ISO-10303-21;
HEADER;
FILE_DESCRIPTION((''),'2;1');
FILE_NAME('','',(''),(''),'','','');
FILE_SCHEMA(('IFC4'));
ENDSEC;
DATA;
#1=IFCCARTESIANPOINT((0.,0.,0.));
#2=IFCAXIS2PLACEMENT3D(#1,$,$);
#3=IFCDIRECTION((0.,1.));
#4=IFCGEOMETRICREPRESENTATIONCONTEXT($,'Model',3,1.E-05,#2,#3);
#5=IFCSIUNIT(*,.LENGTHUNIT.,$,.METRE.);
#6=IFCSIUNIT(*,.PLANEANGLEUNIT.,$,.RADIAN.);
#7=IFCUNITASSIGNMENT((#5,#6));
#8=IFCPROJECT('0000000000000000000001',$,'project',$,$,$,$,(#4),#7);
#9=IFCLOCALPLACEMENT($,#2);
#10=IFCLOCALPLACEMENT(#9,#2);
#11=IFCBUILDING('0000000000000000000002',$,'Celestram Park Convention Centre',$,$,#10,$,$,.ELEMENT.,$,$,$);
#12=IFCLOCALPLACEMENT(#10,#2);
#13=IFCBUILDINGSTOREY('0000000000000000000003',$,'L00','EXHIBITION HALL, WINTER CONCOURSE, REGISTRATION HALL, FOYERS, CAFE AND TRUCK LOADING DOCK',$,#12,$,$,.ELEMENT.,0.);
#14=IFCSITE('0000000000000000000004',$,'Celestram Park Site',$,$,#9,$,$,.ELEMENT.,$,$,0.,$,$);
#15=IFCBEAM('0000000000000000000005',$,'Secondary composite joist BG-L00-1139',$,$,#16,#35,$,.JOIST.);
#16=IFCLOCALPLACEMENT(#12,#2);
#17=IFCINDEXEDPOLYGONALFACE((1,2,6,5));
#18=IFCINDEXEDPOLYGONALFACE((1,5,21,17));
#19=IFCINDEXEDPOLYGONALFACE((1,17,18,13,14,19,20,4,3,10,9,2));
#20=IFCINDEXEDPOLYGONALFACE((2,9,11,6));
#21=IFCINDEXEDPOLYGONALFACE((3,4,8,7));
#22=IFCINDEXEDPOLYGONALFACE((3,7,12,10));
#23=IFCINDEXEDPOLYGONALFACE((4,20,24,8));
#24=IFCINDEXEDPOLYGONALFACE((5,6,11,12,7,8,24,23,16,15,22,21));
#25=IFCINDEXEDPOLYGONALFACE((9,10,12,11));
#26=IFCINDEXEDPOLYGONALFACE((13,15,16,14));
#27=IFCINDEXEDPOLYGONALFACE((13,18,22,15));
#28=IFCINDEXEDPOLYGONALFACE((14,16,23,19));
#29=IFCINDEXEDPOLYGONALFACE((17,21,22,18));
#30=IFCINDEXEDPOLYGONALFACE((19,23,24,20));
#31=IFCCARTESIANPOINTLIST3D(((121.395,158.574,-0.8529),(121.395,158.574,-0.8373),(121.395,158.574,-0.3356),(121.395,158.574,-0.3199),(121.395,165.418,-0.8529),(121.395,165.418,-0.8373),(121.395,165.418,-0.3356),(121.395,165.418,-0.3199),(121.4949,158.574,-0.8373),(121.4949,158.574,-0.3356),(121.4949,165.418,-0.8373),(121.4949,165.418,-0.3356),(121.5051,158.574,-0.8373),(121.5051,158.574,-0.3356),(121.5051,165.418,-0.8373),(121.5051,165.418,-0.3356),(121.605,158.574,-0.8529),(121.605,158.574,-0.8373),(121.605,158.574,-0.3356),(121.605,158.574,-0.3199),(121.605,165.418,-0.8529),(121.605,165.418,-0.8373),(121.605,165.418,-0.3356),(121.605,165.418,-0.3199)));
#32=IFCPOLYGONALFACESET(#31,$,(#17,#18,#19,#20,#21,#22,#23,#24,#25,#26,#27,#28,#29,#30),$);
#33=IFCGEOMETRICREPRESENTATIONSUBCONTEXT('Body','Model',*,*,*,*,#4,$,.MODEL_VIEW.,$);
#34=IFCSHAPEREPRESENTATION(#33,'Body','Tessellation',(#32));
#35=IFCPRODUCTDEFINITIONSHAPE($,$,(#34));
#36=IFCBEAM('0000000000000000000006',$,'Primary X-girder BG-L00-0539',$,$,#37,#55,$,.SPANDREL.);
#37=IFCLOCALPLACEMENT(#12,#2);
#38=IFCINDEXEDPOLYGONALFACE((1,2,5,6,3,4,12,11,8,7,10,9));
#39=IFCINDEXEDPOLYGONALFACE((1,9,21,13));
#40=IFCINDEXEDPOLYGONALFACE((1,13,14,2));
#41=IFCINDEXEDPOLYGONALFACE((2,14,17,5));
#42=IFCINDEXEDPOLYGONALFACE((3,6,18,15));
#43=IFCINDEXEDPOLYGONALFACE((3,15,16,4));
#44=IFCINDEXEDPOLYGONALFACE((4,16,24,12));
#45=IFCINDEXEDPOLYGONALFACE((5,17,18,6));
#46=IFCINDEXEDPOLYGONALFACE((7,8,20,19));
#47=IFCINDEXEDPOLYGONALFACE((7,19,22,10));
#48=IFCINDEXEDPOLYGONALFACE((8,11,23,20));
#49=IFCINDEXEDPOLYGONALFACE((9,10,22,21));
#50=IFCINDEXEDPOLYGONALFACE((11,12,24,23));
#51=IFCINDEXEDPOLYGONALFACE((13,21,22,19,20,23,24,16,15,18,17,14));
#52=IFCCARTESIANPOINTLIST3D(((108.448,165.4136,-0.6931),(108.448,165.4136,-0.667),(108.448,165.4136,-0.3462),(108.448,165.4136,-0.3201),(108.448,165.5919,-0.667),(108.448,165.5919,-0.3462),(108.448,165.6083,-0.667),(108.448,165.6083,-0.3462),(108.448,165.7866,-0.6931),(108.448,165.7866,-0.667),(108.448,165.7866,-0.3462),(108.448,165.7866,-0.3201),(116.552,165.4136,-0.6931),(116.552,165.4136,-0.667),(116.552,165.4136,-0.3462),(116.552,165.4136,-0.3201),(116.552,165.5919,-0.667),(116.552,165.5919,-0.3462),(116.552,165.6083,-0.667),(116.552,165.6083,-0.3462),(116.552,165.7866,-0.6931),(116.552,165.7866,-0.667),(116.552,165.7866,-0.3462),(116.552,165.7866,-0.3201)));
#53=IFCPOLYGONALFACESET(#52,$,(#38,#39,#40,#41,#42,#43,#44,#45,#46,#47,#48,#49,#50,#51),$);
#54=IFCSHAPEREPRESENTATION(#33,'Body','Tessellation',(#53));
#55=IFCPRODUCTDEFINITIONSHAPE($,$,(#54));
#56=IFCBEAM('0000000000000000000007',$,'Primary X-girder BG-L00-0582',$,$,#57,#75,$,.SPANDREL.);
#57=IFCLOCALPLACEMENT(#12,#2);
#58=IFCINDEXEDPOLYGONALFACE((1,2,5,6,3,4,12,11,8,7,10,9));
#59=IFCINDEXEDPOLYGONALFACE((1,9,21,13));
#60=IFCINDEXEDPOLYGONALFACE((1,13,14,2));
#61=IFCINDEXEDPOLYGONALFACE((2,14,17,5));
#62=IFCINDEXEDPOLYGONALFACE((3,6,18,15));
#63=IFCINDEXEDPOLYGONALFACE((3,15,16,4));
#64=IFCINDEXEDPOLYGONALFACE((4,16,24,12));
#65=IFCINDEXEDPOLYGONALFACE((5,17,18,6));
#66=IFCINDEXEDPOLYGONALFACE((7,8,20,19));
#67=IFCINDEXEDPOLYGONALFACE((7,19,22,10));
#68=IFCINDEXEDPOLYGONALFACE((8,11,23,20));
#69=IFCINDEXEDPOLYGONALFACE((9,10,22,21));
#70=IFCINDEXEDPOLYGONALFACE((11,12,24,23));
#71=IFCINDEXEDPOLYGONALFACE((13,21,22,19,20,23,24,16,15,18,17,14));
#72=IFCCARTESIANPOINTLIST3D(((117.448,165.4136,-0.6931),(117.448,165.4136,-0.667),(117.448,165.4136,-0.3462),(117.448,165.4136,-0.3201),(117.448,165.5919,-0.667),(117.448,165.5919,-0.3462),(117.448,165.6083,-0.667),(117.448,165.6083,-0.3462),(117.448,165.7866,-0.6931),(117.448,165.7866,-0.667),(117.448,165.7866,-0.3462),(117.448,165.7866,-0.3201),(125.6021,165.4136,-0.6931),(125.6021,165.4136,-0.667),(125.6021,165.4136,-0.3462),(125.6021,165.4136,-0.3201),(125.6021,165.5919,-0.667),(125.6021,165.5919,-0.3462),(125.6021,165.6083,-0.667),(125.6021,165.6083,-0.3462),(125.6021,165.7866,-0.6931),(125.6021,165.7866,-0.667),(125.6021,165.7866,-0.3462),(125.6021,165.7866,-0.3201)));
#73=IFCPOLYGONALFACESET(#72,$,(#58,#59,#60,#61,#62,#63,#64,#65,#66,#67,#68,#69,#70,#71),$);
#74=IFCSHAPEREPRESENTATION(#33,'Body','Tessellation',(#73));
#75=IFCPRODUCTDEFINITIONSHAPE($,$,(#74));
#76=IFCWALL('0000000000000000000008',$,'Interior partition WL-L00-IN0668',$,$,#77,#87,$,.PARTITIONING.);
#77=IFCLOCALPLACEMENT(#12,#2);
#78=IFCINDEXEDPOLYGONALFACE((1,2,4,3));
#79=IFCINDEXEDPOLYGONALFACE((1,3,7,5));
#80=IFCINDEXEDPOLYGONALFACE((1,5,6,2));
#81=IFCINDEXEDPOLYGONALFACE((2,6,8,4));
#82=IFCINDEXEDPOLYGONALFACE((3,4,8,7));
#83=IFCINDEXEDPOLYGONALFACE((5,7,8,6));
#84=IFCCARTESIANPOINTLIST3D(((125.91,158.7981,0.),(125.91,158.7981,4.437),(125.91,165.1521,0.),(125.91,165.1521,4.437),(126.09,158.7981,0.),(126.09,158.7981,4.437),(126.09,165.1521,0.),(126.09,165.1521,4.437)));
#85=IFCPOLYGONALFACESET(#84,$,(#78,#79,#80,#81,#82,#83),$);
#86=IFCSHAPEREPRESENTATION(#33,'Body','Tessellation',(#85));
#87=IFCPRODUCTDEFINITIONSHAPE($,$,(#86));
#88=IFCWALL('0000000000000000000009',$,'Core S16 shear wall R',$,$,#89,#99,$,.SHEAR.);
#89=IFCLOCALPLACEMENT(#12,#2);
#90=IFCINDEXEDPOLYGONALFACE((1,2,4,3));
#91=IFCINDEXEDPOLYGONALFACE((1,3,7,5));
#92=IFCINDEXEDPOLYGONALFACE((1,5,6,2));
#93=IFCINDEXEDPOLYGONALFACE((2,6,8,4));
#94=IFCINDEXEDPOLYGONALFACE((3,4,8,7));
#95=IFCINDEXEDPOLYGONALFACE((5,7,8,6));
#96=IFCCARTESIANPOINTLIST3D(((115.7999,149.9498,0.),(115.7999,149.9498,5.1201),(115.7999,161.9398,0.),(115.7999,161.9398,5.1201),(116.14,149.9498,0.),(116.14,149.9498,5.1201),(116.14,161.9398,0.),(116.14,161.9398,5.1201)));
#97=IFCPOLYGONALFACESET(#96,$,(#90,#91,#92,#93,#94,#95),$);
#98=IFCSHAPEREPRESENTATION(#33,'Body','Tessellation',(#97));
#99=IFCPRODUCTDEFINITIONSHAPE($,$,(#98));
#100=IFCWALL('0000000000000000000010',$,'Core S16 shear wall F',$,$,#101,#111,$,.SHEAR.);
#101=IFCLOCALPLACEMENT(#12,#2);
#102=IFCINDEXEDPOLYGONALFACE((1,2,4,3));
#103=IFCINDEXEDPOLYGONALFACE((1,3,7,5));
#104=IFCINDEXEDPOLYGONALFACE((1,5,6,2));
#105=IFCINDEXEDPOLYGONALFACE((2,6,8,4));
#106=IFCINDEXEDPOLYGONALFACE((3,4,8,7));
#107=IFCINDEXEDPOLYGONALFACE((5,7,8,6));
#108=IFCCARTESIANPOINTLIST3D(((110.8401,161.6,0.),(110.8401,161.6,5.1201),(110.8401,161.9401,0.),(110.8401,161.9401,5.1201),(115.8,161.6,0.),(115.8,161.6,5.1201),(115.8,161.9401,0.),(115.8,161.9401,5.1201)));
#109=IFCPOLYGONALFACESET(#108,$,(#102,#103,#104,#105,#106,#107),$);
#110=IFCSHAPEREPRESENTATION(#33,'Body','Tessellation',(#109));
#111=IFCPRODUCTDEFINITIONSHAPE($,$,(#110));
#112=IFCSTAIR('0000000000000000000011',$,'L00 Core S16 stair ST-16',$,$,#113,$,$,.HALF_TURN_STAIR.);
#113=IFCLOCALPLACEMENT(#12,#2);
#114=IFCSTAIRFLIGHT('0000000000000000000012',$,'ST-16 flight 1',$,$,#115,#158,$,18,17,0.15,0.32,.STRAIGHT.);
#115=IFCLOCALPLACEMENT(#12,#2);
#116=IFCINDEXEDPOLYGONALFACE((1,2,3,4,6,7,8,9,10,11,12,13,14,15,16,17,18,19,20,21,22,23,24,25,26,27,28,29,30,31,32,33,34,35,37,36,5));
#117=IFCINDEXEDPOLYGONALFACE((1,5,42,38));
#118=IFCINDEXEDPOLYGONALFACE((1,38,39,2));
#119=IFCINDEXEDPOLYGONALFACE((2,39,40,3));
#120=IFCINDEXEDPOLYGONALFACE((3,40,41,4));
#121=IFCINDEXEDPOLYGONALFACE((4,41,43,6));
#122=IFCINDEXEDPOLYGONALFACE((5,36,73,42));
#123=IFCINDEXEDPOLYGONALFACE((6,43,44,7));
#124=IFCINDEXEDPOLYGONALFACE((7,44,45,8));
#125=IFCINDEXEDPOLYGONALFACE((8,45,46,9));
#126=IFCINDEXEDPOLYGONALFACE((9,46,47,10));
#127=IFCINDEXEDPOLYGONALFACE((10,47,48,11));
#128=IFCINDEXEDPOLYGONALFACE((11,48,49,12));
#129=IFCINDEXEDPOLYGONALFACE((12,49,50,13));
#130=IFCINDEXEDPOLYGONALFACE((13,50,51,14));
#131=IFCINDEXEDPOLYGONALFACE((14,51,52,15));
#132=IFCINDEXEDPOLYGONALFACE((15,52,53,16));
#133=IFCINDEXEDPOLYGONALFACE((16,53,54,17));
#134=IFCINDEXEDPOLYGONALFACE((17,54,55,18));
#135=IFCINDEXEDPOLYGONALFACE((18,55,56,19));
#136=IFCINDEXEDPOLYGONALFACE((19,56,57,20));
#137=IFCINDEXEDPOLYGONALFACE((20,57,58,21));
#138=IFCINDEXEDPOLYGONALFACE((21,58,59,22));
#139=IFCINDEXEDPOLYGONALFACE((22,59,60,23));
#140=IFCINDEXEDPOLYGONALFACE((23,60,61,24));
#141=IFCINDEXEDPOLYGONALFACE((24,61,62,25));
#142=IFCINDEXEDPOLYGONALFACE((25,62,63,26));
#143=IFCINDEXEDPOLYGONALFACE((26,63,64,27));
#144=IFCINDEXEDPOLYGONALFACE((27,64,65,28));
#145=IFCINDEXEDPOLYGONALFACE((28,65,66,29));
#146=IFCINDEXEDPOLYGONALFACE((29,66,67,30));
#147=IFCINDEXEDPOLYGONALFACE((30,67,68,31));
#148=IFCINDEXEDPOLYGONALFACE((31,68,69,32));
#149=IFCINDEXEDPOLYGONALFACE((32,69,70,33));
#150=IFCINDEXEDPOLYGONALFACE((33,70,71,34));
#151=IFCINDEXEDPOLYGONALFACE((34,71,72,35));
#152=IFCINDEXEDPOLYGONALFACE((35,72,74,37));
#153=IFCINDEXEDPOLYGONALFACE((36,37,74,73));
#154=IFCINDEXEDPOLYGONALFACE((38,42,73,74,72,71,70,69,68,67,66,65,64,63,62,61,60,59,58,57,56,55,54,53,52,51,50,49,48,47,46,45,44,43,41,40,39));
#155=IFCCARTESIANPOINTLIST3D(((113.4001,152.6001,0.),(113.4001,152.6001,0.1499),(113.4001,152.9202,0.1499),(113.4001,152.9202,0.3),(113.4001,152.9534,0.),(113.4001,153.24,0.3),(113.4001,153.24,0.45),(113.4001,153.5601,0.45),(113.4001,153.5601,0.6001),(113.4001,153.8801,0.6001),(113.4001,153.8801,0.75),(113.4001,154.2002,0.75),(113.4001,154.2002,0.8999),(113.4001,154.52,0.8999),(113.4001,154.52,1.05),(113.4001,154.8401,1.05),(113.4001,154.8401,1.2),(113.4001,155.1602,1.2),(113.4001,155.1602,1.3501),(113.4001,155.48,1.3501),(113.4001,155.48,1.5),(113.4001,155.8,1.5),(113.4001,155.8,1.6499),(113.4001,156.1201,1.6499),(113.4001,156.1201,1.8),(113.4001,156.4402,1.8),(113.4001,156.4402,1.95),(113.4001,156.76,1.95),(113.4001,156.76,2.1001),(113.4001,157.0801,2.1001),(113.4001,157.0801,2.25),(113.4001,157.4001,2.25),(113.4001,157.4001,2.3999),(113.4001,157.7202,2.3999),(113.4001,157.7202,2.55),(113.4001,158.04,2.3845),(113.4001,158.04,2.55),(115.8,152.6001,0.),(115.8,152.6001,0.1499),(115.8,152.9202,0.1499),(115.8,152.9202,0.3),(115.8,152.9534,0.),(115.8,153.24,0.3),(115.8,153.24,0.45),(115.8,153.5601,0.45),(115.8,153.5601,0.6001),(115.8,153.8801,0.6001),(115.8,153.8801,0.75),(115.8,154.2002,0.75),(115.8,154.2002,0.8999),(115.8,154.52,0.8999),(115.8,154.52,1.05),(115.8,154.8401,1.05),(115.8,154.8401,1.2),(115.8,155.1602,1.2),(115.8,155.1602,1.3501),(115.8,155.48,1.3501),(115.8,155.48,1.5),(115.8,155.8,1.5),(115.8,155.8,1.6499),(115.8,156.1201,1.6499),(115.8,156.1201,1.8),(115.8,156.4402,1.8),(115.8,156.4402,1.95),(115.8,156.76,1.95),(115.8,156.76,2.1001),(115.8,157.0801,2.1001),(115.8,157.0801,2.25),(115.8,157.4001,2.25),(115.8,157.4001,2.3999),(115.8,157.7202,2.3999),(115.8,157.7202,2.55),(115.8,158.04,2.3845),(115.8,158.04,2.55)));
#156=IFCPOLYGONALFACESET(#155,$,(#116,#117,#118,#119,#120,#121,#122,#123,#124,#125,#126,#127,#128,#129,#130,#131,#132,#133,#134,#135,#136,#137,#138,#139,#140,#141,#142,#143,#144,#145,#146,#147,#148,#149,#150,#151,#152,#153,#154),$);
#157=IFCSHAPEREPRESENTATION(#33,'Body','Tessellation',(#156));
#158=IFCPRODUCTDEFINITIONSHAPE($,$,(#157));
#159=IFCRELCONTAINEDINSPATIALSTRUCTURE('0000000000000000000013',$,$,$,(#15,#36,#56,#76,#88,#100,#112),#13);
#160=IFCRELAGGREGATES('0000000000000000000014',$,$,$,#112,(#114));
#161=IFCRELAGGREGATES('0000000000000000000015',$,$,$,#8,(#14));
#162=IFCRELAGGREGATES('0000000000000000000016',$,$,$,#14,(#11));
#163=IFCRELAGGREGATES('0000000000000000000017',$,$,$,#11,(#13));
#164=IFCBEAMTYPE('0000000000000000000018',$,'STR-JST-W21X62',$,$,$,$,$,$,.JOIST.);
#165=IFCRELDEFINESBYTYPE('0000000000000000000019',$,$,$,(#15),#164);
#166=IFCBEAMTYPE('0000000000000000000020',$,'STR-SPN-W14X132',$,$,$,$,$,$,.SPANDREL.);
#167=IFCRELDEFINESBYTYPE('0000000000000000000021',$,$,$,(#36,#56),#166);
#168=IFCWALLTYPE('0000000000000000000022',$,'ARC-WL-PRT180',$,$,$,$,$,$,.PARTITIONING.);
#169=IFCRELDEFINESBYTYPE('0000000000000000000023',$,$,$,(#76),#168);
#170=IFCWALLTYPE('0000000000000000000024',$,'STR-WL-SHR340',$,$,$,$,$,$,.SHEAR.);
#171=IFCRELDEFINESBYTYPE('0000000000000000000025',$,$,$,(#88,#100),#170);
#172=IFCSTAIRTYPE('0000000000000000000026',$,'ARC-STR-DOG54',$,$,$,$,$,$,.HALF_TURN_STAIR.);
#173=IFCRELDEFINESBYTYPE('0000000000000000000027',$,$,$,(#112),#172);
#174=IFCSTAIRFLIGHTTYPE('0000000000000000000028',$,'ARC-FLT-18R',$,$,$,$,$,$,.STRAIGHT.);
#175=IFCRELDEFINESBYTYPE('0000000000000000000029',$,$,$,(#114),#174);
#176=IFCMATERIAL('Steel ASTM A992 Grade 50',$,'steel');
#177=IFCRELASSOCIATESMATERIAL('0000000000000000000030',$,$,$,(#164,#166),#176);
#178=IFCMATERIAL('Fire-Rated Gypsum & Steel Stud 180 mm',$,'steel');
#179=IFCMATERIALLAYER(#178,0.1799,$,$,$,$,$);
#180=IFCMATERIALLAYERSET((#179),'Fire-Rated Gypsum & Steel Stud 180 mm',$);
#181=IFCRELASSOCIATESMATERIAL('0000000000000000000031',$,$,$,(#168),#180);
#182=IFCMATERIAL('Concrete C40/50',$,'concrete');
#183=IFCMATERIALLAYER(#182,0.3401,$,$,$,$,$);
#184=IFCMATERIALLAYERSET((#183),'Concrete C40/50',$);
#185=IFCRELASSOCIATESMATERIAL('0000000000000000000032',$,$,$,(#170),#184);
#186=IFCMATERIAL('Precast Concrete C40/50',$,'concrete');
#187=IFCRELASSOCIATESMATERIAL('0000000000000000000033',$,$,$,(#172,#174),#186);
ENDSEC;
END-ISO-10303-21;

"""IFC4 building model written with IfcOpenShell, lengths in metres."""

from ifc_helpers import new_model, si_unit, direction, frame, frame_2d, origin, origin_2d, place, context, subcontext, project, spatial, polyline, rectangle, i_section, outline, extrude, material, layer, layer_set, material_profile, profile_set, type_object, element, aggregate, save


model = new_model("IFC4")

# Units and contexts
model_context = context("Model", 3, precision=1e-05, world=origin(), true_north=direction((0.0, 1.0)))
body_context = subcontext(model_context, "Body", "Model", "MODEL_VIEW")
ifc_project = project(units=[si_unit("LENGTHUNIT", "METRE"), si_unit("PLANEANGLEUNIT", "RADIAN")], contexts=[model_context])

# Site, building, storey
site_placement = place(None, origin())
site = spatial("IfcSite", under=ifc_project, at=site_placement, Name="Celestram Park Site", CompositionType="ELEMENT", RefElevation=0.0)
building_placement = place(site_placement, origin())
building = spatial("IfcBuilding", under=site, at=building_placement, Name="Celestram Park Convention Centre", CompositionType="ELEMENT")
storey_placement = place(building_placement, origin())
storey = spatial("IfcBuildingStorey", under=building, at=storey_placement, Name="L00", Description="EXHIBITION HALL, WINTER CONCOURSE, REGISTRATION HALL, FOYERS, CAFE AND TRUCK LOADING DOCK", CompositionType="ELEMENT", Elevation=0.0)

# Shared definitions
ifc_material_1 = material(Name="Concrete C40/50", Category="concrete")

# Beams
ifc_material_2 = material(Name="Steel ASTM A992 Grade 50", Category="steel")
ifc_material_profile_1 = material_profile(ifc_material_2, i_section(OverallWidth=0.21, OverallDepth=0.533, WebThickness=0.0103, FlangeThickness=0.0156, at=origin_2d()), Name="W21X62")
ifc_profile_set_1 = profile_set([ifc_material_profile_1], Name="Steel ASTM A992 Grade 50")
beam_type_1 = type_object("IfcBeamType", Name="STR-JST-W21X62", PredefinedType="JOIST", material=ifc_profile_set_1)
beam_1_placement = place(storey_placement, frame((121.5, 158.574, -0.5864), z_axis=(0.0, 1.0, 0.0), x_axis=(-1.0, 0.0, 0.0)))
element("IfcBeam", 1, at=beam_1_placement, inside=storey, type_object=beam_type_1, Name="Secondary composite joist BG-L00-1139", PredefinedType="JOIST", context=body_context, shape_type="SweptSolid", body=[
    extrude(i_section(OverallWidth=0.21, OverallDepth=0.533, WebThickness=0.0103, FlangeThickness=0.0156, at=origin_2d()), origin(), (0.0, 0.0, 1.0), 6.844),
])
ifc_material_profile_2 = material_profile(ifc_material_2, i_section(OverallWidth=0.373, OverallDepth=0.373, WebThickness=0.0164, FlangeThickness=0.0261, at=origin_2d()), Name="W14X132")
ifc_profile_set_2 = profile_set([ifc_material_profile_2], Name="Steel ASTM A992 Grade 50")
beam_type_2 = type_object("IfcBeamType", Name="STR-SPN-W14X132", PredefinedType="SPANDREL", material=ifc_profile_set_2)
beam_2_placement = place(storey_placement, frame((108.448, 165.6001, -0.5066), z_axis=(1.0, 0.0, 0.0), x_axis=(0.0, 1.0, 0.0)))
element("IfcBeam", 2, at=beam_2_placement, inside=storey, type_object=beam_type_2, Name="Primary X-girder BG-L00-0539", PredefinedType="SPANDREL", context=body_context, shape_type="SweptSolid", body=[
    extrude(i_section(OverallWidth=0.373, OverallDepth=0.373, WebThickness=0.0164, FlangeThickness=0.0261, at=origin_2d()), origin(), (0.0, 0.0, 1.0), 8.104),
])
beam_3_placement = place(storey_placement, frame((117.448, 165.6001, -0.5066), z_axis=(1.0, 0.0, 0.0), x_axis=(0.0, 1.0, 0.0)))
element("IfcBeam", 3, at=beam_3_placement, inside=storey, type_object=beam_type_2, Name="Primary X-girder BG-L00-0582", PredefinedType="SPANDREL", context=body_context, shape_type="SweptSolid", body=[
    extrude(i_section(OverallWidth=0.373, OverallDepth=0.373, WebThickness=0.0164, FlangeThickness=0.0261, at=origin_2d()), origin(), (0.0, 0.0, 1.0), 8.1541),
])

# Shared definitions
ifc_material_3 = material(Name="Precast Concrete C40/50", Category="concrete")

# Walls
ifc_material_4 = material(Name="Fire-Rated Gypsum & Steel Stud 180 mm", Category="steel")
ifc_layer_1 = layer(ifc_material_4, 0.1799)
ifc_layer_set_1 = layer_set([ifc_layer_1], Name="Fire-Rated Gypsum & Steel Stud 180 mm")
wall_type_1 = type_object("IfcWallType", Name="ARC-WL-PRT180", PredefinedType="PARTITIONING", material=ifc_layer_set_1)
wall_1_placement = place(storey_placement, frame((126.0, 158.7981, 0.0), z_axis=(0.0, 0.0, 1.0), x_axis=(0.0, 1.0, 0.0)))
element("IfcWall", 4, at=wall_1_placement, inside=storey, type_object=wall_type_1, Name="Interior partition WL-L00-IN0668", PredefinedType="PARTITIONING", context=body_context, shape_type="SweptSolid", body=[
    extrude(rectangle(XDim=6.354, YDim=0.1799, at=frame_2d((3.177, 0.0))), origin(), (0.0, 0.0, 1.0), 4.437),
])
ifc_layer_2 = layer(ifc_material_1, 0.3401)
ifc_layer_set_2 = layer_set([ifc_layer_2], Name="Concrete C40/50")
wall_type_2 = type_object("IfcWallType", Name="STR-WL-SHR340", PredefinedType="SHEAR", material=ifc_layer_set_2)
wall_2_placement = place(storey_placement, frame((115.97, 161.9399, 0.0), z_axis=(0.0, 0.0, 1.0), x_axis=(0.0, -1.0, 0.0)))
element("IfcWall", 5, at=wall_2_placement, inside=storey, type_object=wall_type_2, Name="Core S16 shear wall R", PredefinedType="SHEAR", context=body_context, shape_type="SweptSolid", body=[
    extrude(rectangle(XDim=11.99, YDim=0.3401, at=frame_2d((5.9951, 0.0))), origin(), (0.0, 0.0, 1.0), 5.1201),
])
wall_3_placement = place(storey_placement, frame((110.8401, 161.77, 0.0), z_axis=(0.0, 0.0, 1.0), x_axis=(1.0, 0.0, 0.0)))
element("IfcWall", 6, at=wall_3_placement, inside=storey, type_object=wall_type_2, Name="Core S16 shear wall F", PredefinedType="SHEAR", context=body_context, shape_type="SweptSolid", body=[
    extrude(rectangle(XDim=4.96, YDim=0.3401, at=frame_2d((2.48, 0.0))), origin(), (0.0, 0.0, 1.0), 5.1201),
])

# Stair, stair flight
stair_type = type_object("IfcStairType", Name="ARC-STR-DOG54", PredefinedType="HALF_TURN_STAIR", material=ifc_material_3)
stair_placement = place(storey_placement, origin())
stair = element("IfcStair", 7, at=stair_placement, inside=storey, type_object=stair_type, Name="L00 Core S16 stair ST-16", PredefinedType="HALF_TURN_STAIR")
stair_flight_type = type_object("IfcStairFlightType", Name="ARC-FLT-18R", PredefinedType="STRAIGHT", material=ifc_material_3)
stair_flight_1_placement = place(storey_placement, frame((114.6001, 152.6001, 0.0), z_axis=(0.0, 0.0, 1.0), x_axis=(0.0, 1.0, 0.0)))
stair_flight_1 = element("IfcStairFlight", 8, at=stair_flight_1_placement, type_object=stair_flight_type, Name="ST-16 flight 1", NumberOfRisers=18, NumberOfTreads=17, PredefinedType="STRAIGHT", RiserHeight=0.15, TreadLength=0.32, context=body_context, shape_type="SweptSolid", body=[
    extrude(outline(polyline([(0.0, 0.0), (0.0, 0.1499), (0.3201, 0.1499), (0.3201, 0.3), (0.6399, 0.3), (0.6399, 0.45), (0.96, 0.45), (0.96, 0.6001), (1.28, 0.6001), (1.28, 0.75), (1.6001, 0.75), (1.6001, 0.8999), (1.9199, 0.8999), (1.9199, 1.05), (2.24, 1.05), (2.24, 1.2), (2.5601, 1.2), (2.5601, 1.3501), (2.8799, 1.3501), (2.8799, 1.5), (3.2, 1.5), (3.2, 1.6499), (3.52, 1.6499), (3.52, 1.8), (3.8401, 1.8), (3.8401, 1.95), (4.1599, 1.95), (4.1599, 2.1001), (4.48, 2.1001), (4.48, 2.25), (4.8, 2.25), (4.8, 2.3999), (5.1201, 2.3999), (5.1201, 2.55), (5.4399, 2.55), (5.4399, 2.7), (5.4399, 2.3845), (0.3533, 0.0), (0.0, 0.0)])), frame((0.0, 1.2, 0.0), z_axis=(0.0, -1.0, 0.0), x_axis=(1.0, 0.0, 0.0)), (0.0, 0.0, 1.0), 2.3999),
])
aggregate(stair, [stair_flight_1])

save(model, "model.ifc")
